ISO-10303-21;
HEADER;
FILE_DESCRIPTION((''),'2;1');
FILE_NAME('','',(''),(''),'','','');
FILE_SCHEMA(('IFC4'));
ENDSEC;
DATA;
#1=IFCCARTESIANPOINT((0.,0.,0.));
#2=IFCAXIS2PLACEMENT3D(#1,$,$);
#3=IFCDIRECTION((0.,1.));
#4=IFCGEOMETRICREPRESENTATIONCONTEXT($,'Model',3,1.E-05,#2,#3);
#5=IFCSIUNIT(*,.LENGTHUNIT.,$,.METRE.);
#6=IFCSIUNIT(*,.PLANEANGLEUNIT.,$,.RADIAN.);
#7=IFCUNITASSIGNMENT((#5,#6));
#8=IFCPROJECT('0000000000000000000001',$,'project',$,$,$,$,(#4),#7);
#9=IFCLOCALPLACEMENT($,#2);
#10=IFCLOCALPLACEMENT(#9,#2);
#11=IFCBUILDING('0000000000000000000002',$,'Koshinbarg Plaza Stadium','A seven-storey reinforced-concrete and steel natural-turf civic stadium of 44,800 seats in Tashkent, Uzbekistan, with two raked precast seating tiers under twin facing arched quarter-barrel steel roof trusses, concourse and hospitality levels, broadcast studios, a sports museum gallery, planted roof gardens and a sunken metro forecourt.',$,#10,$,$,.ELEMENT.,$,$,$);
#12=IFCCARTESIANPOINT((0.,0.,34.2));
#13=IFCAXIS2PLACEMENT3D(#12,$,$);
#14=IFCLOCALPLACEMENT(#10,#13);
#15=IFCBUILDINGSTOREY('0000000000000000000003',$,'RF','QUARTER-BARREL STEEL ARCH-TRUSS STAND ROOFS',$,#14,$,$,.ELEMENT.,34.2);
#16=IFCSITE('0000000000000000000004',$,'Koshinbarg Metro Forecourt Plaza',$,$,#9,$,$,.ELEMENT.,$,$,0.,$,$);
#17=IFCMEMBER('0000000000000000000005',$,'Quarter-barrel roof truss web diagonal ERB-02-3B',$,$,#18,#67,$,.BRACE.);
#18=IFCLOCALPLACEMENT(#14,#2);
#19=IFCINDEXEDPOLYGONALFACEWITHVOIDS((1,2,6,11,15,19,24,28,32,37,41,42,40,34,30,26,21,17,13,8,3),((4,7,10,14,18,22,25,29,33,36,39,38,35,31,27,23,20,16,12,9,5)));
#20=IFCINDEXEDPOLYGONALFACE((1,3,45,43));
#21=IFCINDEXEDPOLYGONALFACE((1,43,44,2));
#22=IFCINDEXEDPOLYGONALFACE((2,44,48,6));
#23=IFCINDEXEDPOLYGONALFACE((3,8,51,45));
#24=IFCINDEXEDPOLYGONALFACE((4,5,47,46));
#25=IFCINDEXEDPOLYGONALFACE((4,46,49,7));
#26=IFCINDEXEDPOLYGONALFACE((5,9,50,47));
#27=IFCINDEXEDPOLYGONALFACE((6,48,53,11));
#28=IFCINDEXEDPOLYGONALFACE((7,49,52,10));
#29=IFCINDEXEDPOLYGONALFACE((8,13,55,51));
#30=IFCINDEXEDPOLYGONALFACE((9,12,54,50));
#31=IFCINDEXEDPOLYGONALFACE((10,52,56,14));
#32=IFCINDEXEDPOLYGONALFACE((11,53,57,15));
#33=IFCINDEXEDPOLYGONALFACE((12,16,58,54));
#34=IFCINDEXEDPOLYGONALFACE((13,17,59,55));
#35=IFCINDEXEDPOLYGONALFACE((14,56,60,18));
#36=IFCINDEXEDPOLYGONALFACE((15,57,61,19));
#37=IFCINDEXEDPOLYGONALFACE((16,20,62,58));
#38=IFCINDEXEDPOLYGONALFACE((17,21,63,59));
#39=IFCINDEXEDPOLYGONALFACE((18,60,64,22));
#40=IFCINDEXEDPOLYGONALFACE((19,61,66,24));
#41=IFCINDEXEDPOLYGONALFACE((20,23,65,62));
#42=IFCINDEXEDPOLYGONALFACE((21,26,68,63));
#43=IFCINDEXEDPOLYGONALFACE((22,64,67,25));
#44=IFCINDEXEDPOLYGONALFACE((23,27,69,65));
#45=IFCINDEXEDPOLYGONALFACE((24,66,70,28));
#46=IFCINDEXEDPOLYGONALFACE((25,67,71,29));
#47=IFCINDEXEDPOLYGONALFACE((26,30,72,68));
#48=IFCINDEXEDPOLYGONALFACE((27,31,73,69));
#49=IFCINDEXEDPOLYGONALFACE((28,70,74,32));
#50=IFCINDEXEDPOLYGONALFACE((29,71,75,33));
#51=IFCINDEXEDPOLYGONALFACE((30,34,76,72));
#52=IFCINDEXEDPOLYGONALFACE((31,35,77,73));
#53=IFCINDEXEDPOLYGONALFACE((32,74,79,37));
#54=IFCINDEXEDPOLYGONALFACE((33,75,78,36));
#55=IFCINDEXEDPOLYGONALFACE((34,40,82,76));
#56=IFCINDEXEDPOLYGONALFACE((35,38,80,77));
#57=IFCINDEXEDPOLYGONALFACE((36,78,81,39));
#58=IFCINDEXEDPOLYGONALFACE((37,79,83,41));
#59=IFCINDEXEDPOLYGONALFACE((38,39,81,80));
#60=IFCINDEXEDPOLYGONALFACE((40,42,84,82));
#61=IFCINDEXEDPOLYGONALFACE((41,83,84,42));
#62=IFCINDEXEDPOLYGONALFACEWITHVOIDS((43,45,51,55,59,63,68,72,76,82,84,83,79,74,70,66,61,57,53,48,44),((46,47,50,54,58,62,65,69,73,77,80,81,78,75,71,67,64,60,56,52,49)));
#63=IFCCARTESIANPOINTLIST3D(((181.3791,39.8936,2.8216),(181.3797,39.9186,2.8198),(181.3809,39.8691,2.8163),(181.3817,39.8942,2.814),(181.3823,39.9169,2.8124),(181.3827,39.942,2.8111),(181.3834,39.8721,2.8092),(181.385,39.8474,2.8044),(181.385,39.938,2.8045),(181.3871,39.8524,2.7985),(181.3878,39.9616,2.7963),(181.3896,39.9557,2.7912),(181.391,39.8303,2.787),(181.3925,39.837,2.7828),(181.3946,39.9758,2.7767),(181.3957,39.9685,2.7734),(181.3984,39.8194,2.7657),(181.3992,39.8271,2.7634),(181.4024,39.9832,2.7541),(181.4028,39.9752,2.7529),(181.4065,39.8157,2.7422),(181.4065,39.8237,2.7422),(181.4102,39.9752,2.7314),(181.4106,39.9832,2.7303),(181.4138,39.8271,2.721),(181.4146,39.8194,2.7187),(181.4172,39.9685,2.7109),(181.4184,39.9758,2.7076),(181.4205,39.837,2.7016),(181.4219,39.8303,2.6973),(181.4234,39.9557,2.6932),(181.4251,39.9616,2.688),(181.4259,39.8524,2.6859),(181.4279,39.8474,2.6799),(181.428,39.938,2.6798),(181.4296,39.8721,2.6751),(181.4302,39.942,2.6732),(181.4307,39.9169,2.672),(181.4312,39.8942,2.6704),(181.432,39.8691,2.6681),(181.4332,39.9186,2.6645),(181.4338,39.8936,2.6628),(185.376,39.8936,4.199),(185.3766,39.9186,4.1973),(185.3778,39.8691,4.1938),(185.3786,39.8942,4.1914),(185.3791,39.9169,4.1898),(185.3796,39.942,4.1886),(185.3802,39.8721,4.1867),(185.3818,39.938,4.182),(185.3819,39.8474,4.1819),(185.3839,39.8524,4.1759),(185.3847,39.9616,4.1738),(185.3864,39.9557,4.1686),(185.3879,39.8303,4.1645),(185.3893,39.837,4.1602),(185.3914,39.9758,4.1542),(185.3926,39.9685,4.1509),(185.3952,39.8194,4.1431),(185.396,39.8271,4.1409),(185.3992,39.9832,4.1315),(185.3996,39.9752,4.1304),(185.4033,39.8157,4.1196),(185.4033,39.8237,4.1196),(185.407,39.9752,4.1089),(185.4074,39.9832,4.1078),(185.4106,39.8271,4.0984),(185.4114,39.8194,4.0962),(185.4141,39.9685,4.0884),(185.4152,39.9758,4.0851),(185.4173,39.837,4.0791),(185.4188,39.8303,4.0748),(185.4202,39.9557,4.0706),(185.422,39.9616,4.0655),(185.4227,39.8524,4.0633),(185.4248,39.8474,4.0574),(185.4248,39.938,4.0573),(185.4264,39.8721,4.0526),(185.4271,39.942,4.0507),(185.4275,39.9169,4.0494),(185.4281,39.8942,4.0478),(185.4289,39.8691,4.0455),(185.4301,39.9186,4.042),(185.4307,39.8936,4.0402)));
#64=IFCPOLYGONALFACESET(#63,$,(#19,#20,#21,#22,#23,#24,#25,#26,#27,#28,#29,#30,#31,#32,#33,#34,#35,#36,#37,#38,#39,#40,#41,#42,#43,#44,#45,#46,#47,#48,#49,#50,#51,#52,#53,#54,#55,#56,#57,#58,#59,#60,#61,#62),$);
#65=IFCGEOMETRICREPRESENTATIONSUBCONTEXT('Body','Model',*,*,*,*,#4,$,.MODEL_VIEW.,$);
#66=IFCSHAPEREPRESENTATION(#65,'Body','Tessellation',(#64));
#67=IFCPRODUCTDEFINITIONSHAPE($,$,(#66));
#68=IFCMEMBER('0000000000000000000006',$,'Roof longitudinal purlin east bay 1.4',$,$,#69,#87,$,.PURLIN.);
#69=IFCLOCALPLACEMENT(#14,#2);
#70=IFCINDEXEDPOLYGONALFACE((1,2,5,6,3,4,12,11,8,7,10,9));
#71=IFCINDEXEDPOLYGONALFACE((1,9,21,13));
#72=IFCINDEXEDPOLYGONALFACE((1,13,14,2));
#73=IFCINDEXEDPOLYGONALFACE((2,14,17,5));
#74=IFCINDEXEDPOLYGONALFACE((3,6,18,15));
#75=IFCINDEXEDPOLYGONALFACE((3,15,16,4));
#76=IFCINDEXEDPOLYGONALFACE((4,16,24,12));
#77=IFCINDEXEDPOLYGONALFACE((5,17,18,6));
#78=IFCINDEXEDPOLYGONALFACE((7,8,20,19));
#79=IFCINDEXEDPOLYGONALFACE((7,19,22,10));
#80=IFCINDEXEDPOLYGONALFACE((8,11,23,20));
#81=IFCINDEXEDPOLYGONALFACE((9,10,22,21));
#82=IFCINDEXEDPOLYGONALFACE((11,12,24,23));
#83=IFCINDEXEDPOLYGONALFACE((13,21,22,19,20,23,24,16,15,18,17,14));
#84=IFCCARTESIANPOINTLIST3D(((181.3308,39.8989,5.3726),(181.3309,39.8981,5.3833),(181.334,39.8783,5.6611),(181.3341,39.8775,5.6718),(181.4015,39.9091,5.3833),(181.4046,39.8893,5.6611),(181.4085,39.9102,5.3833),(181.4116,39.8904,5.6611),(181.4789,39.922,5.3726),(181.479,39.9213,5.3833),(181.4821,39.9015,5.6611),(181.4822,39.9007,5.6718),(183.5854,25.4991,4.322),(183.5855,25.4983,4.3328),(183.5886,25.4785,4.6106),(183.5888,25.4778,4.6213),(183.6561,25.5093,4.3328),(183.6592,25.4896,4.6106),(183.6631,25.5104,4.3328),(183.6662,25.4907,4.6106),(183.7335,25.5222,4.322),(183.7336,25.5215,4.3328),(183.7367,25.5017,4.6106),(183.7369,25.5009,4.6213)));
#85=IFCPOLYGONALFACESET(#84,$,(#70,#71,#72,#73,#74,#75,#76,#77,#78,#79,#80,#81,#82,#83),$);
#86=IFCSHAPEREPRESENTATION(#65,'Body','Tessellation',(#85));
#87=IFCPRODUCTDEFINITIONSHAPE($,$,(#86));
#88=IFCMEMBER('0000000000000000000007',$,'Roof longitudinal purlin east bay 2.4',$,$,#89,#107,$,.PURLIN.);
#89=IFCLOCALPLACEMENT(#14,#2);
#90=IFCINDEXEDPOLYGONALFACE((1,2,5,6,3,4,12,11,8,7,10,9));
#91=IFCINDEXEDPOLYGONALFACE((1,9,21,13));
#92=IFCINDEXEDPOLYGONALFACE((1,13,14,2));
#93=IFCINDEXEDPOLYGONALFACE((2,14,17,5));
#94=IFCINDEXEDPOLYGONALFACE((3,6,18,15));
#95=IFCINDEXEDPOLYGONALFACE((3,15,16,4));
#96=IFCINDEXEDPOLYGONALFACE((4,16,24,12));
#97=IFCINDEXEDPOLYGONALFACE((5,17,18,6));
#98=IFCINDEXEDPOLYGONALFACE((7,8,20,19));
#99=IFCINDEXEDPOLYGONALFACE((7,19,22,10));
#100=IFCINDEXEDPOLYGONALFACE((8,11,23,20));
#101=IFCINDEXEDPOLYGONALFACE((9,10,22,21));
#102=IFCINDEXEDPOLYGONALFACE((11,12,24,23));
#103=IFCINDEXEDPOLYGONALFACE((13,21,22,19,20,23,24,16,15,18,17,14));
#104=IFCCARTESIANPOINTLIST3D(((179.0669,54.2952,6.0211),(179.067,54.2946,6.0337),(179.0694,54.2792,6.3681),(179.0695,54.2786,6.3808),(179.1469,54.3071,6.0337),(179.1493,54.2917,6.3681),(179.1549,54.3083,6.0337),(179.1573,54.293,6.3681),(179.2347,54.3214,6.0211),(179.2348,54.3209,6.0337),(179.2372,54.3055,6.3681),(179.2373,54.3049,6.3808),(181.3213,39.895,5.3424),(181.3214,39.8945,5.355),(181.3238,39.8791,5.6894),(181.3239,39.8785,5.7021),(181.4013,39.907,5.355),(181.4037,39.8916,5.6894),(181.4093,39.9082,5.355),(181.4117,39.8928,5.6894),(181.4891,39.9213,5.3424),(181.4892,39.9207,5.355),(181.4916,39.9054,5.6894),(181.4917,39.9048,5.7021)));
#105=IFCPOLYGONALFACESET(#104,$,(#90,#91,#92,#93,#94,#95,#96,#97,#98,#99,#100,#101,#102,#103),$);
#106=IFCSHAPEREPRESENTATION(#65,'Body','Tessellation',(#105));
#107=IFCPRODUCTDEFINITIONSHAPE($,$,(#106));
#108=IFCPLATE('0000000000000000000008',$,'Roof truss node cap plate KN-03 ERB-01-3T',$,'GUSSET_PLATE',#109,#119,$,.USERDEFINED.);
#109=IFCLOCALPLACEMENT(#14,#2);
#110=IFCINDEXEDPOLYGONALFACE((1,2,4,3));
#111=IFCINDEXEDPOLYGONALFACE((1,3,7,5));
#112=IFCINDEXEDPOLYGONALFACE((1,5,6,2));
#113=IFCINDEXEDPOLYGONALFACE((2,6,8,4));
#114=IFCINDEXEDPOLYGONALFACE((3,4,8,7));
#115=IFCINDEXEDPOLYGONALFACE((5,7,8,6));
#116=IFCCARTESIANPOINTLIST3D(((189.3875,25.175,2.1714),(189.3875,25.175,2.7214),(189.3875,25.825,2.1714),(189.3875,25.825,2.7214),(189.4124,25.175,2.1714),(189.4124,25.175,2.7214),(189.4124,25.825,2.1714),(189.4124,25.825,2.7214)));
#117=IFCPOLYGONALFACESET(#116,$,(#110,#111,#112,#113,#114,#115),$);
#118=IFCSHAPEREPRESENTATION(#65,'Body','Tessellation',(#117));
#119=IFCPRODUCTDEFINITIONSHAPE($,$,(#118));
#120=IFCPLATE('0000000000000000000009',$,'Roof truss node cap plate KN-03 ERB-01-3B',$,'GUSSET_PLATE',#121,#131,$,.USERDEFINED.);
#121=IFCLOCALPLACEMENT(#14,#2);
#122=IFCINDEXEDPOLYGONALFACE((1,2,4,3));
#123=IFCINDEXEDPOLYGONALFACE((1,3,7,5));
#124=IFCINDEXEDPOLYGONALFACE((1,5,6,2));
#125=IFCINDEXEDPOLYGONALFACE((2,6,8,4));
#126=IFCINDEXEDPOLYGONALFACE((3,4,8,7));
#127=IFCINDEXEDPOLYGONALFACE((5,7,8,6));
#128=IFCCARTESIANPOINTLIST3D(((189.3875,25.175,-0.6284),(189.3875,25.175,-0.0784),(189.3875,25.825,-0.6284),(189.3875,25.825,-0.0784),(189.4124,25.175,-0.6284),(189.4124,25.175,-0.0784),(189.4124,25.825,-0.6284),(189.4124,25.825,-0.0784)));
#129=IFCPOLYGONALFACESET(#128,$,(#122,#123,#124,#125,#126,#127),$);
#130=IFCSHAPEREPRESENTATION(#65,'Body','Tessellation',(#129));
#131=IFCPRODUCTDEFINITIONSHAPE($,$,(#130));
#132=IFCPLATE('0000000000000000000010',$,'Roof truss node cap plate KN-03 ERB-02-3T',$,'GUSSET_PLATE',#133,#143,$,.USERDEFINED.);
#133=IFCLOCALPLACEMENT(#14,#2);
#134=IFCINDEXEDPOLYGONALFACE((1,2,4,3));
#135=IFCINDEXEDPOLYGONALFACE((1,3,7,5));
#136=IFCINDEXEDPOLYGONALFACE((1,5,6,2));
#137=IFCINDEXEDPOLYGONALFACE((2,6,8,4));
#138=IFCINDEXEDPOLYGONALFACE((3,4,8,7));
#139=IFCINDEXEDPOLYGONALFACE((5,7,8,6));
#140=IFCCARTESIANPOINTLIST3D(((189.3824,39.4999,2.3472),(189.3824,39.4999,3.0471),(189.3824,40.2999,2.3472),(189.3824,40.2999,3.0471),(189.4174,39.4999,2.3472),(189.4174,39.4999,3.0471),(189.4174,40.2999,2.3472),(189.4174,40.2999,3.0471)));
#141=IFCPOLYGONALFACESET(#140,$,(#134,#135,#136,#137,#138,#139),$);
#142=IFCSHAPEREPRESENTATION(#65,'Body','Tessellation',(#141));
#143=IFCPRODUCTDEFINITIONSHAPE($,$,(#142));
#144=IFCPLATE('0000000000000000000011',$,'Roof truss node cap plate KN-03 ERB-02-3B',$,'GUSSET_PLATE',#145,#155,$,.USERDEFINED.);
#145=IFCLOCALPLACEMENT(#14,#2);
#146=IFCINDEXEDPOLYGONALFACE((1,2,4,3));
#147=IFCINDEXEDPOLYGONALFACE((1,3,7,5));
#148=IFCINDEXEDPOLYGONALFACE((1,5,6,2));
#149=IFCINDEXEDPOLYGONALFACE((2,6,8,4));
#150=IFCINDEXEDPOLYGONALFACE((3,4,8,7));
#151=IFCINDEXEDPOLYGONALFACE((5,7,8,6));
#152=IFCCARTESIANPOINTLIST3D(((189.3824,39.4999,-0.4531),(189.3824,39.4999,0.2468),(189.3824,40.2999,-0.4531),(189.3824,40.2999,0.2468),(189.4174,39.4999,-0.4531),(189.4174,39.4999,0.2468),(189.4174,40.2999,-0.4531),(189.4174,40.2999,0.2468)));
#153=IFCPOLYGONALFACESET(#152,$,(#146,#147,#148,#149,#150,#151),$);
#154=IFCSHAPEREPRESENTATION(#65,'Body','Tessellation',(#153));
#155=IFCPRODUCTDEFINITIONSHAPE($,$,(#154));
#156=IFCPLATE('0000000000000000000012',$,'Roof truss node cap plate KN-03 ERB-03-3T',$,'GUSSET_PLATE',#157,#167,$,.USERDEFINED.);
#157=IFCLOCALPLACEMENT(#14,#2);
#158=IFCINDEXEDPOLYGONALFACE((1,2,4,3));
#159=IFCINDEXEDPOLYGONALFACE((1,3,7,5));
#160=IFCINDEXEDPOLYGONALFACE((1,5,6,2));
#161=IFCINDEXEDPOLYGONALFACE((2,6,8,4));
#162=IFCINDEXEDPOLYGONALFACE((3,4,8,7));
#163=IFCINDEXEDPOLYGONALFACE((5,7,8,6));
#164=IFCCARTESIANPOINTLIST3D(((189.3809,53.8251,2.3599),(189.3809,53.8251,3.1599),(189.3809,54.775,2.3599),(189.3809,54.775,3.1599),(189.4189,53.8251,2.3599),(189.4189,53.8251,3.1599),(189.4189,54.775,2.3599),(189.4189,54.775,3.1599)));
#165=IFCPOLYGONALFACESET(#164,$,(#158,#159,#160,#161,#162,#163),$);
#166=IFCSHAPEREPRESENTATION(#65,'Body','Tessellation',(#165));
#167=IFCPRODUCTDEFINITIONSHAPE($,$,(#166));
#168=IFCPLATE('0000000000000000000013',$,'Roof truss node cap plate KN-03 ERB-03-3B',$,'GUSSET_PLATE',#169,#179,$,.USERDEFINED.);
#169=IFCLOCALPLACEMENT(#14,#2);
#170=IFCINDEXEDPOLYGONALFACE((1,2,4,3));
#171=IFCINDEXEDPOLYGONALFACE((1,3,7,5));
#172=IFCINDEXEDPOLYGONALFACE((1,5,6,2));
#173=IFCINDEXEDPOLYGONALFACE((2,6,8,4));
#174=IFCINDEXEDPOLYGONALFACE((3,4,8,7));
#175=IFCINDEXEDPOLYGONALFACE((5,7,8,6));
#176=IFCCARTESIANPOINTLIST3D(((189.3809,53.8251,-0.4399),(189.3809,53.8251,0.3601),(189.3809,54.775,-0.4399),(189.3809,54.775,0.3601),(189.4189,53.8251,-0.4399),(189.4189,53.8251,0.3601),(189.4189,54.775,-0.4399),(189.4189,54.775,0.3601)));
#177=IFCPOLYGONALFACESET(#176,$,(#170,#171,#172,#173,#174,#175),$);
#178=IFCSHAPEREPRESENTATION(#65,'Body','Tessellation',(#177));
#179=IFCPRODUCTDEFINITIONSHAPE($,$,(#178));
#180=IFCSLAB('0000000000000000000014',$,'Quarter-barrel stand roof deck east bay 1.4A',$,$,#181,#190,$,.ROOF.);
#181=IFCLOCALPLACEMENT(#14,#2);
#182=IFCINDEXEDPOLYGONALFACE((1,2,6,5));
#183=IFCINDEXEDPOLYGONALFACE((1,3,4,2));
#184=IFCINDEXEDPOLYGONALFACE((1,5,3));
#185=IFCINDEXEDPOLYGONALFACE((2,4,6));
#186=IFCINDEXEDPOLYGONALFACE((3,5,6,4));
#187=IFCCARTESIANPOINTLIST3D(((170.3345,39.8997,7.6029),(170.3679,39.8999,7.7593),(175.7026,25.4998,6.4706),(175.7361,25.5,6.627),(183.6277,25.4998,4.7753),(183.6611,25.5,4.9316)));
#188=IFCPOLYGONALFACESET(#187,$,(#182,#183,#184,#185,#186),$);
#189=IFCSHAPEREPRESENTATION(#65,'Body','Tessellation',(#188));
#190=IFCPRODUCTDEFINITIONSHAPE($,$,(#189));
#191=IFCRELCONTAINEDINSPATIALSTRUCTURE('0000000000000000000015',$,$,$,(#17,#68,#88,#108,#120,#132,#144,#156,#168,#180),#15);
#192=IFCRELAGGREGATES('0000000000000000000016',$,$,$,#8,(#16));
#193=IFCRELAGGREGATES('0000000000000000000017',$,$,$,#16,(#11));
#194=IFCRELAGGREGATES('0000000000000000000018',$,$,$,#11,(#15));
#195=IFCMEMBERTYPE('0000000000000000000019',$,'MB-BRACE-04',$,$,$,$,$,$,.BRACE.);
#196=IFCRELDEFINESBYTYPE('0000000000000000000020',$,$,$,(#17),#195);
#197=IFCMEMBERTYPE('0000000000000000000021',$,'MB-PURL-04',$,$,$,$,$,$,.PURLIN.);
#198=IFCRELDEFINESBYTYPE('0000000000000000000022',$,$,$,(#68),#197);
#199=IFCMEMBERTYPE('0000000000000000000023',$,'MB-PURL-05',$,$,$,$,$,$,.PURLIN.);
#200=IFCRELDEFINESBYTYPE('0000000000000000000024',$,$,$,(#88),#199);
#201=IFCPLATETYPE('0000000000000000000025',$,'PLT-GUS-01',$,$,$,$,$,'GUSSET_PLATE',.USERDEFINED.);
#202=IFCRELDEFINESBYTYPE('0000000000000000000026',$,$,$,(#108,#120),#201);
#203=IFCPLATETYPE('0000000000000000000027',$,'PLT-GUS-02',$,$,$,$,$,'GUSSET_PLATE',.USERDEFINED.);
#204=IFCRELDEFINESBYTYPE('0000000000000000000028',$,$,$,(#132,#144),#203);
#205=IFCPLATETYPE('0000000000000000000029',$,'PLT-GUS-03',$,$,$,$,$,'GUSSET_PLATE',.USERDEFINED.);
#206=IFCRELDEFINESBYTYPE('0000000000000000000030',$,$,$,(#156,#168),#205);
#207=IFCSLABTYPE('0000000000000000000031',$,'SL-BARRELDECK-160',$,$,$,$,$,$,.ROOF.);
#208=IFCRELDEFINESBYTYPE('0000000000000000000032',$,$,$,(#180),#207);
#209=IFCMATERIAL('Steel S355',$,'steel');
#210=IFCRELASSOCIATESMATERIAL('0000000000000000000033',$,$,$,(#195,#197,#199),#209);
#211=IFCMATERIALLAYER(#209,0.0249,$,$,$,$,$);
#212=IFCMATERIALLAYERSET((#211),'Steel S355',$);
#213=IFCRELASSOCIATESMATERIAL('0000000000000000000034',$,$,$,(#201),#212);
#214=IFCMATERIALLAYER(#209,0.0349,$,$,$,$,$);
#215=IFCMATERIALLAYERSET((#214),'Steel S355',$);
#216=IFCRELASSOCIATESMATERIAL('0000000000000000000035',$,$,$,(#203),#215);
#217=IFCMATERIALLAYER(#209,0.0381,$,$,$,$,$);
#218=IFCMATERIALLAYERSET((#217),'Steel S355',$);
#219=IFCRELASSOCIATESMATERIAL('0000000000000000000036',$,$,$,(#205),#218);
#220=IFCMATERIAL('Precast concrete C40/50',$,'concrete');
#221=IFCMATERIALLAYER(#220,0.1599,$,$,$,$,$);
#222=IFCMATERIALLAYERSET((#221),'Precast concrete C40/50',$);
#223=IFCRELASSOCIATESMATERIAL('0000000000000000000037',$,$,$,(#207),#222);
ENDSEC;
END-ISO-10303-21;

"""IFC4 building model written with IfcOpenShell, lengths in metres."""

from ifc_helpers import new_model, si_unit, direction, frame, origin, origin_2d, place, context, subcontext, project, spatial, polyline, rectangle, hollow_circle, i_section, outline, extrude, material, layer, layer_set, material_profile, profile_set, type_object, element, save


model = new_model("IFC4")

# Units and contexts
model_context = context("Model", 3, precision=1e-05, world=origin(), true_north=direction((0.0, 1.0)))
body_context = subcontext(model_context, "Body", "Model", "MODEL_VIEW")
ifc_project = project(units=[si_unit("LENGTHUNIT", "METRE"), si_unit("PLANEANGLEUNIT", "RADIAN")], contexts=[model_context])

# Site, building, storey
site_placement = place(None, origin())
site = spatial("IfcSite", under=ifc_project, at=site_placement, Name="Koshinbarg Metro Forecourt Plaza", CompositionType="ELEMENT", RefElevation=0.0)
building_placement = place(site_placement, origin())
building = spatial("IfcBuilding", under=site, at=building_placement, Name="Koshinbarg Plaza Stadium", Description="A seven-storey reinforced-concrete and steel natural-turf civic stadium of 44,800 seats in Tashkent, Uzbekistan, with two raked precast seating tiers under twin facing arched quarter-barrel steel roof trusses, concourse and hospitality levels, broadcast studios, a sports museum gallery, planted roof gardens and a sunken metro forecourt.", CompositionType="ELEMENT")
storey_placement = place(building_placement, frame((0.0, 0.0, 34.2)))
storey = spatial("IfcBuildingStorey", under=building, at=storey_placement, Name="RF", Description="QUARTER-BARREL STEEL ARCH-TRUSS STAND ROOFS", CompositionType="ELEMENT", Elevation=34.2)

# Members
ifc_material_1 = material(Name="Steel S355", Category="steel")
ifc_material_profile_1 = material_profile(ifc_material_1, hollow_circle(Radius=0.0842, WallThickness=0.0081, at=origin_2d()), Name="CHS 168.3x8")
ifc_profile_set_1 = profile_set([ifc_material_profile_1], Name="Steel S355")
member_type_1 = type_object("IfcMemberType", Name="MB-BRACE-04", PredefinedType="BRACE", material=ifc_profile_set_1)
member_1_placement = place(storey_placement, frame((185.4033, 39.8999, 4.1196), z_axis=(-0.945429, 0.0, -0.325827), x_axis=(0.0, -1.0, 0.0)))
element("IfcMember", 1, at=member_1_placement, inside=storey, type_object=member_type_1, Name="Quarter-barrel roof truss web diagonal ERB-02-3B", PredefinedType="BRACE", context=body_context, shape_type="SweptSolid", body=[
    extrude(hollow_circle(Radius=0.0842, WallThickness=0.0081, at=origin_2d()), origin(), (0.0, 0.0, 1.0), 4.2275),
])
ifc_material_profile_2 = material_profile(ifc_material_1, i_section(OverallWidth=0.1499, OverallDepth=0.3, WebThickness=0.0071, FlangeThickness=0.0107, at=origin_2d()), Name="IPE 300")
ifc_profile_set_2 = profile_set([ifc_material_profile_2], Name="Steel S355")
member_type_2 = type_object("IfcMemberType", Name="MB-PURL-04", PredefinedType="PURLIN", material=ifc_profile_set_2)
member_2_placement = place(storey_placement, frame((183.6611, 25.5, 4.4717), z_axis=(-0.154288, 0.985407, 0.07189), x_axis=(-0.987963, -0.154689, 0.0)))
element("IfcMember", 2, at=member_2_placement, inside=storey, type_object=member_type_2, Name="Roof longitudinal purlin east bay 1.4", PredefinedType="PURLIN", context=body_context, shape_type="SweptSolid", body=[
    extrude(i_section(OverallWidth=0.1499, OverallDepth=0.3, WebThickness=0.0071, FlangeThickness=0.0107, at=origin_2d()), origin(), (0.0, 0.0, 1.0), 14.613),
])
ifc_material_profile_3 = material_profile(ifc_material_1, i_section(OverallWidth=0.1699, OverallDepth=0.3601, WebThickness=0.0081, FlangeThickness=0.0127, at=origin_2d()), Name="IPE 360")
ifc_profile_set_3 = profile_set([ifc_material_profile_3], Name="Steel S355")
member_type_3 = type_object("IfcMemberType", Name="MB-PURL-05", PredefinedType="PURLIN", material=ifc_profile_set_3)
member_3_placement = place(storey_placement, frame((181.4065, 39.8999, 5.5222), z_axis=(-0.154502, 0.986897, 0.046515), x_axis=(-0.987966, -0.15467, 0.0)))
element("IfcMember", 3, at=member_3_placement, inside=storey, type_object=member_type_3, Name="Roof longitudinal purlin east bay 2.4", PredefinedType="PURLIN", context=body_context, shape_type="SweptSolid", body=[
    extrude(i_section(OverallWidth=0.1699, OverallDepth=0.3601, WebThickness=0.0081, FlangeThickness=0.0127, at=origin_2d()), origin(), (0.0, 0.0, 1.0), 14.5913),
])

# Plates
ifc_layer_1 = layer(ifc_material_1, 0.0249)
ifc_layer_set_1 = layer_set([ifc_layer_1], Name="Steel S355")
plate_type_1 = type_object("IfcPlateType", Name="PLT-GUS-01", ElementType="GUSSET_PLATE", PredefinedType="USERDEFINED", material=ifc_layer_set_1)
for number, where, z_axis, x_axis, name in (
    (4, (189.3999, 25.5, 2.1714), (0.0, 0.0, 1.0), (1.0, 0.0, 0.0), "Roof truss node cap plate KN-03 ERB-01-3T"),
    (5, (189.3999, 25.5, -0.6284), (0.0, 0.0, 1.0), (1.0, 0.0, 0.0), "Roof truss node cap plate KN-03 ERB-01-3B"),
):
    element("IfcPlate", number, at=place(storey_placement, frame(where, z_axis=z_axis, x_axis=x_axis)), inside=storey, type_object=plate_type_1, Name=name, ObjectType="GUSSET_PLATE", PredefinedType="USERDEFINED", context=body_context, shape_type="SweptSolid", body=[
        extrude(rectangle(XDim=0.0249, YDim=0.6499, at=origin_2d()), origin(), (0.0, 0.0, 1.0), 0.55),
    ])
ifc_layer_2 = layer(ifc_material_1, 0.0349)
ifc_layer_set_2 = layer_set([ifc_layer_2], Name="Steel S355")
plate_type_2 = type_object("IfcPlateType", Name="PLT-GUS-02", ElementType="GUSSET_PLATE", PredefinedType="USERDEFINED", material=ifc_layer_set_2)
for number, where, z_axis, x_axis, name in (
    (6, (189.3999, 39.8999, 2.3472), (0.0, 0.0, 1.0), (1.0, 0.0, 0.0), "Roof truss node cap plate KN-03 ERB-02-3T"),
    (7, (189.3999, 39.8999, -0.4531), (0.0, 0.0, 1.0), (1.0, 0.0, 0.0), "Roof truss node cap plate KN-03 ERB-02-3B"),
):
    element("IfcPlate", number, at=place(storey_placement, frame(where, z_axis=z_axis, x_axis=x_axis)), inside=storey, type_object=plate_type_2, Name=name, ObjectType="GUSSET_PLATE", PredefinedType="USERDEFINED", context=body_context, shape_type="SweptSolid", body=[
        extrude(rectangle(XDim=0.0349, YDim=0.8, at=origin_2d()), origin(), (0.0, 0.0, 1.0), 0.7),
    ])
ifc_layer_3 = layer(ifc_material_1, 0.0381)
ifc_layer_set_3 = layer_set([ifc_layer_3], Name="Steel S355")
plate_type_3 = type_object("IfcPlateType", Name="PLT-GUS-03", ElementType="GUSSET_PLATE", PredefinedType="USERDEFINED", material=ifc_layer_set_3)
for number, where, z_axis, x_axis, name in (
    (8, (189.3999, 54.3, 2.3599), (0.0, 0.0, 1.0), (1.0, 0.0, 0.0), "Roof truss node cap plate KN-03 ERB-03-3T"),
    (9, (189.3999, 54.3, -0.4399), (0.0, 0.0, 1.0), (1.0, 0.0, 0.0), "Roof truss node cap plate KN-03 ERB-03-3B"),
):
    element("IfcPlate", number, at=place(storey_placement, frame(where, z_axis=z_axis, x_axis=x_axis)), inside=storey, type_object=plate_type_3, Name=name, ObjectType="GUSSET_PLATE", PredefinedType="USERDEFINED", context=body_context, shape_type="SweptSolid", body=[
        extrude(rectangle(XDim=0.0381, YDim=0.95, at=origin_2d()), origin(), (0.0, 0.0, 1.0), 0.8),
    ])

# Slab
ifc_material_2 = material(Name="Precast concrete C40/50", Category="concrete")
ifc_layer_4 = layer(ifc_material_2, 0.1599)
ifc_layer_set_4 = layer_set([ifc_layer_4], Name="Precast concrete C40/50")
slab_type = type_object("IfcSlabType", Name="SL-BARRELDECK-160", PredefinedType="ROOF", material=ifc_layer_set_4)
slab_1_placement = place(storey_placement, frame((183.6611, 25.5, 4.9316), z_axis=(0.209185, 0.001088, 0.977875), x_axis=(-0.977876, 0.0, 0.209186)))
element("IfcSlab", 10, at=slab_1_placement, inside=storey, type_object=slab_type, Name="Quarter-barrel stand roof deck east bay 1.4A", PredefinedType="ROOF", context=body_context, shape_type="SweptSolid", body=[
    extrude(outline(polyline([(0.0, 0.0), (8.1043, 0.0), (13.5906, -14.3999), (0.0, 0.0)])), origin(), (0.0, 0.0, -1.0), 0.1599),
])

save(model, "model.ifc")
